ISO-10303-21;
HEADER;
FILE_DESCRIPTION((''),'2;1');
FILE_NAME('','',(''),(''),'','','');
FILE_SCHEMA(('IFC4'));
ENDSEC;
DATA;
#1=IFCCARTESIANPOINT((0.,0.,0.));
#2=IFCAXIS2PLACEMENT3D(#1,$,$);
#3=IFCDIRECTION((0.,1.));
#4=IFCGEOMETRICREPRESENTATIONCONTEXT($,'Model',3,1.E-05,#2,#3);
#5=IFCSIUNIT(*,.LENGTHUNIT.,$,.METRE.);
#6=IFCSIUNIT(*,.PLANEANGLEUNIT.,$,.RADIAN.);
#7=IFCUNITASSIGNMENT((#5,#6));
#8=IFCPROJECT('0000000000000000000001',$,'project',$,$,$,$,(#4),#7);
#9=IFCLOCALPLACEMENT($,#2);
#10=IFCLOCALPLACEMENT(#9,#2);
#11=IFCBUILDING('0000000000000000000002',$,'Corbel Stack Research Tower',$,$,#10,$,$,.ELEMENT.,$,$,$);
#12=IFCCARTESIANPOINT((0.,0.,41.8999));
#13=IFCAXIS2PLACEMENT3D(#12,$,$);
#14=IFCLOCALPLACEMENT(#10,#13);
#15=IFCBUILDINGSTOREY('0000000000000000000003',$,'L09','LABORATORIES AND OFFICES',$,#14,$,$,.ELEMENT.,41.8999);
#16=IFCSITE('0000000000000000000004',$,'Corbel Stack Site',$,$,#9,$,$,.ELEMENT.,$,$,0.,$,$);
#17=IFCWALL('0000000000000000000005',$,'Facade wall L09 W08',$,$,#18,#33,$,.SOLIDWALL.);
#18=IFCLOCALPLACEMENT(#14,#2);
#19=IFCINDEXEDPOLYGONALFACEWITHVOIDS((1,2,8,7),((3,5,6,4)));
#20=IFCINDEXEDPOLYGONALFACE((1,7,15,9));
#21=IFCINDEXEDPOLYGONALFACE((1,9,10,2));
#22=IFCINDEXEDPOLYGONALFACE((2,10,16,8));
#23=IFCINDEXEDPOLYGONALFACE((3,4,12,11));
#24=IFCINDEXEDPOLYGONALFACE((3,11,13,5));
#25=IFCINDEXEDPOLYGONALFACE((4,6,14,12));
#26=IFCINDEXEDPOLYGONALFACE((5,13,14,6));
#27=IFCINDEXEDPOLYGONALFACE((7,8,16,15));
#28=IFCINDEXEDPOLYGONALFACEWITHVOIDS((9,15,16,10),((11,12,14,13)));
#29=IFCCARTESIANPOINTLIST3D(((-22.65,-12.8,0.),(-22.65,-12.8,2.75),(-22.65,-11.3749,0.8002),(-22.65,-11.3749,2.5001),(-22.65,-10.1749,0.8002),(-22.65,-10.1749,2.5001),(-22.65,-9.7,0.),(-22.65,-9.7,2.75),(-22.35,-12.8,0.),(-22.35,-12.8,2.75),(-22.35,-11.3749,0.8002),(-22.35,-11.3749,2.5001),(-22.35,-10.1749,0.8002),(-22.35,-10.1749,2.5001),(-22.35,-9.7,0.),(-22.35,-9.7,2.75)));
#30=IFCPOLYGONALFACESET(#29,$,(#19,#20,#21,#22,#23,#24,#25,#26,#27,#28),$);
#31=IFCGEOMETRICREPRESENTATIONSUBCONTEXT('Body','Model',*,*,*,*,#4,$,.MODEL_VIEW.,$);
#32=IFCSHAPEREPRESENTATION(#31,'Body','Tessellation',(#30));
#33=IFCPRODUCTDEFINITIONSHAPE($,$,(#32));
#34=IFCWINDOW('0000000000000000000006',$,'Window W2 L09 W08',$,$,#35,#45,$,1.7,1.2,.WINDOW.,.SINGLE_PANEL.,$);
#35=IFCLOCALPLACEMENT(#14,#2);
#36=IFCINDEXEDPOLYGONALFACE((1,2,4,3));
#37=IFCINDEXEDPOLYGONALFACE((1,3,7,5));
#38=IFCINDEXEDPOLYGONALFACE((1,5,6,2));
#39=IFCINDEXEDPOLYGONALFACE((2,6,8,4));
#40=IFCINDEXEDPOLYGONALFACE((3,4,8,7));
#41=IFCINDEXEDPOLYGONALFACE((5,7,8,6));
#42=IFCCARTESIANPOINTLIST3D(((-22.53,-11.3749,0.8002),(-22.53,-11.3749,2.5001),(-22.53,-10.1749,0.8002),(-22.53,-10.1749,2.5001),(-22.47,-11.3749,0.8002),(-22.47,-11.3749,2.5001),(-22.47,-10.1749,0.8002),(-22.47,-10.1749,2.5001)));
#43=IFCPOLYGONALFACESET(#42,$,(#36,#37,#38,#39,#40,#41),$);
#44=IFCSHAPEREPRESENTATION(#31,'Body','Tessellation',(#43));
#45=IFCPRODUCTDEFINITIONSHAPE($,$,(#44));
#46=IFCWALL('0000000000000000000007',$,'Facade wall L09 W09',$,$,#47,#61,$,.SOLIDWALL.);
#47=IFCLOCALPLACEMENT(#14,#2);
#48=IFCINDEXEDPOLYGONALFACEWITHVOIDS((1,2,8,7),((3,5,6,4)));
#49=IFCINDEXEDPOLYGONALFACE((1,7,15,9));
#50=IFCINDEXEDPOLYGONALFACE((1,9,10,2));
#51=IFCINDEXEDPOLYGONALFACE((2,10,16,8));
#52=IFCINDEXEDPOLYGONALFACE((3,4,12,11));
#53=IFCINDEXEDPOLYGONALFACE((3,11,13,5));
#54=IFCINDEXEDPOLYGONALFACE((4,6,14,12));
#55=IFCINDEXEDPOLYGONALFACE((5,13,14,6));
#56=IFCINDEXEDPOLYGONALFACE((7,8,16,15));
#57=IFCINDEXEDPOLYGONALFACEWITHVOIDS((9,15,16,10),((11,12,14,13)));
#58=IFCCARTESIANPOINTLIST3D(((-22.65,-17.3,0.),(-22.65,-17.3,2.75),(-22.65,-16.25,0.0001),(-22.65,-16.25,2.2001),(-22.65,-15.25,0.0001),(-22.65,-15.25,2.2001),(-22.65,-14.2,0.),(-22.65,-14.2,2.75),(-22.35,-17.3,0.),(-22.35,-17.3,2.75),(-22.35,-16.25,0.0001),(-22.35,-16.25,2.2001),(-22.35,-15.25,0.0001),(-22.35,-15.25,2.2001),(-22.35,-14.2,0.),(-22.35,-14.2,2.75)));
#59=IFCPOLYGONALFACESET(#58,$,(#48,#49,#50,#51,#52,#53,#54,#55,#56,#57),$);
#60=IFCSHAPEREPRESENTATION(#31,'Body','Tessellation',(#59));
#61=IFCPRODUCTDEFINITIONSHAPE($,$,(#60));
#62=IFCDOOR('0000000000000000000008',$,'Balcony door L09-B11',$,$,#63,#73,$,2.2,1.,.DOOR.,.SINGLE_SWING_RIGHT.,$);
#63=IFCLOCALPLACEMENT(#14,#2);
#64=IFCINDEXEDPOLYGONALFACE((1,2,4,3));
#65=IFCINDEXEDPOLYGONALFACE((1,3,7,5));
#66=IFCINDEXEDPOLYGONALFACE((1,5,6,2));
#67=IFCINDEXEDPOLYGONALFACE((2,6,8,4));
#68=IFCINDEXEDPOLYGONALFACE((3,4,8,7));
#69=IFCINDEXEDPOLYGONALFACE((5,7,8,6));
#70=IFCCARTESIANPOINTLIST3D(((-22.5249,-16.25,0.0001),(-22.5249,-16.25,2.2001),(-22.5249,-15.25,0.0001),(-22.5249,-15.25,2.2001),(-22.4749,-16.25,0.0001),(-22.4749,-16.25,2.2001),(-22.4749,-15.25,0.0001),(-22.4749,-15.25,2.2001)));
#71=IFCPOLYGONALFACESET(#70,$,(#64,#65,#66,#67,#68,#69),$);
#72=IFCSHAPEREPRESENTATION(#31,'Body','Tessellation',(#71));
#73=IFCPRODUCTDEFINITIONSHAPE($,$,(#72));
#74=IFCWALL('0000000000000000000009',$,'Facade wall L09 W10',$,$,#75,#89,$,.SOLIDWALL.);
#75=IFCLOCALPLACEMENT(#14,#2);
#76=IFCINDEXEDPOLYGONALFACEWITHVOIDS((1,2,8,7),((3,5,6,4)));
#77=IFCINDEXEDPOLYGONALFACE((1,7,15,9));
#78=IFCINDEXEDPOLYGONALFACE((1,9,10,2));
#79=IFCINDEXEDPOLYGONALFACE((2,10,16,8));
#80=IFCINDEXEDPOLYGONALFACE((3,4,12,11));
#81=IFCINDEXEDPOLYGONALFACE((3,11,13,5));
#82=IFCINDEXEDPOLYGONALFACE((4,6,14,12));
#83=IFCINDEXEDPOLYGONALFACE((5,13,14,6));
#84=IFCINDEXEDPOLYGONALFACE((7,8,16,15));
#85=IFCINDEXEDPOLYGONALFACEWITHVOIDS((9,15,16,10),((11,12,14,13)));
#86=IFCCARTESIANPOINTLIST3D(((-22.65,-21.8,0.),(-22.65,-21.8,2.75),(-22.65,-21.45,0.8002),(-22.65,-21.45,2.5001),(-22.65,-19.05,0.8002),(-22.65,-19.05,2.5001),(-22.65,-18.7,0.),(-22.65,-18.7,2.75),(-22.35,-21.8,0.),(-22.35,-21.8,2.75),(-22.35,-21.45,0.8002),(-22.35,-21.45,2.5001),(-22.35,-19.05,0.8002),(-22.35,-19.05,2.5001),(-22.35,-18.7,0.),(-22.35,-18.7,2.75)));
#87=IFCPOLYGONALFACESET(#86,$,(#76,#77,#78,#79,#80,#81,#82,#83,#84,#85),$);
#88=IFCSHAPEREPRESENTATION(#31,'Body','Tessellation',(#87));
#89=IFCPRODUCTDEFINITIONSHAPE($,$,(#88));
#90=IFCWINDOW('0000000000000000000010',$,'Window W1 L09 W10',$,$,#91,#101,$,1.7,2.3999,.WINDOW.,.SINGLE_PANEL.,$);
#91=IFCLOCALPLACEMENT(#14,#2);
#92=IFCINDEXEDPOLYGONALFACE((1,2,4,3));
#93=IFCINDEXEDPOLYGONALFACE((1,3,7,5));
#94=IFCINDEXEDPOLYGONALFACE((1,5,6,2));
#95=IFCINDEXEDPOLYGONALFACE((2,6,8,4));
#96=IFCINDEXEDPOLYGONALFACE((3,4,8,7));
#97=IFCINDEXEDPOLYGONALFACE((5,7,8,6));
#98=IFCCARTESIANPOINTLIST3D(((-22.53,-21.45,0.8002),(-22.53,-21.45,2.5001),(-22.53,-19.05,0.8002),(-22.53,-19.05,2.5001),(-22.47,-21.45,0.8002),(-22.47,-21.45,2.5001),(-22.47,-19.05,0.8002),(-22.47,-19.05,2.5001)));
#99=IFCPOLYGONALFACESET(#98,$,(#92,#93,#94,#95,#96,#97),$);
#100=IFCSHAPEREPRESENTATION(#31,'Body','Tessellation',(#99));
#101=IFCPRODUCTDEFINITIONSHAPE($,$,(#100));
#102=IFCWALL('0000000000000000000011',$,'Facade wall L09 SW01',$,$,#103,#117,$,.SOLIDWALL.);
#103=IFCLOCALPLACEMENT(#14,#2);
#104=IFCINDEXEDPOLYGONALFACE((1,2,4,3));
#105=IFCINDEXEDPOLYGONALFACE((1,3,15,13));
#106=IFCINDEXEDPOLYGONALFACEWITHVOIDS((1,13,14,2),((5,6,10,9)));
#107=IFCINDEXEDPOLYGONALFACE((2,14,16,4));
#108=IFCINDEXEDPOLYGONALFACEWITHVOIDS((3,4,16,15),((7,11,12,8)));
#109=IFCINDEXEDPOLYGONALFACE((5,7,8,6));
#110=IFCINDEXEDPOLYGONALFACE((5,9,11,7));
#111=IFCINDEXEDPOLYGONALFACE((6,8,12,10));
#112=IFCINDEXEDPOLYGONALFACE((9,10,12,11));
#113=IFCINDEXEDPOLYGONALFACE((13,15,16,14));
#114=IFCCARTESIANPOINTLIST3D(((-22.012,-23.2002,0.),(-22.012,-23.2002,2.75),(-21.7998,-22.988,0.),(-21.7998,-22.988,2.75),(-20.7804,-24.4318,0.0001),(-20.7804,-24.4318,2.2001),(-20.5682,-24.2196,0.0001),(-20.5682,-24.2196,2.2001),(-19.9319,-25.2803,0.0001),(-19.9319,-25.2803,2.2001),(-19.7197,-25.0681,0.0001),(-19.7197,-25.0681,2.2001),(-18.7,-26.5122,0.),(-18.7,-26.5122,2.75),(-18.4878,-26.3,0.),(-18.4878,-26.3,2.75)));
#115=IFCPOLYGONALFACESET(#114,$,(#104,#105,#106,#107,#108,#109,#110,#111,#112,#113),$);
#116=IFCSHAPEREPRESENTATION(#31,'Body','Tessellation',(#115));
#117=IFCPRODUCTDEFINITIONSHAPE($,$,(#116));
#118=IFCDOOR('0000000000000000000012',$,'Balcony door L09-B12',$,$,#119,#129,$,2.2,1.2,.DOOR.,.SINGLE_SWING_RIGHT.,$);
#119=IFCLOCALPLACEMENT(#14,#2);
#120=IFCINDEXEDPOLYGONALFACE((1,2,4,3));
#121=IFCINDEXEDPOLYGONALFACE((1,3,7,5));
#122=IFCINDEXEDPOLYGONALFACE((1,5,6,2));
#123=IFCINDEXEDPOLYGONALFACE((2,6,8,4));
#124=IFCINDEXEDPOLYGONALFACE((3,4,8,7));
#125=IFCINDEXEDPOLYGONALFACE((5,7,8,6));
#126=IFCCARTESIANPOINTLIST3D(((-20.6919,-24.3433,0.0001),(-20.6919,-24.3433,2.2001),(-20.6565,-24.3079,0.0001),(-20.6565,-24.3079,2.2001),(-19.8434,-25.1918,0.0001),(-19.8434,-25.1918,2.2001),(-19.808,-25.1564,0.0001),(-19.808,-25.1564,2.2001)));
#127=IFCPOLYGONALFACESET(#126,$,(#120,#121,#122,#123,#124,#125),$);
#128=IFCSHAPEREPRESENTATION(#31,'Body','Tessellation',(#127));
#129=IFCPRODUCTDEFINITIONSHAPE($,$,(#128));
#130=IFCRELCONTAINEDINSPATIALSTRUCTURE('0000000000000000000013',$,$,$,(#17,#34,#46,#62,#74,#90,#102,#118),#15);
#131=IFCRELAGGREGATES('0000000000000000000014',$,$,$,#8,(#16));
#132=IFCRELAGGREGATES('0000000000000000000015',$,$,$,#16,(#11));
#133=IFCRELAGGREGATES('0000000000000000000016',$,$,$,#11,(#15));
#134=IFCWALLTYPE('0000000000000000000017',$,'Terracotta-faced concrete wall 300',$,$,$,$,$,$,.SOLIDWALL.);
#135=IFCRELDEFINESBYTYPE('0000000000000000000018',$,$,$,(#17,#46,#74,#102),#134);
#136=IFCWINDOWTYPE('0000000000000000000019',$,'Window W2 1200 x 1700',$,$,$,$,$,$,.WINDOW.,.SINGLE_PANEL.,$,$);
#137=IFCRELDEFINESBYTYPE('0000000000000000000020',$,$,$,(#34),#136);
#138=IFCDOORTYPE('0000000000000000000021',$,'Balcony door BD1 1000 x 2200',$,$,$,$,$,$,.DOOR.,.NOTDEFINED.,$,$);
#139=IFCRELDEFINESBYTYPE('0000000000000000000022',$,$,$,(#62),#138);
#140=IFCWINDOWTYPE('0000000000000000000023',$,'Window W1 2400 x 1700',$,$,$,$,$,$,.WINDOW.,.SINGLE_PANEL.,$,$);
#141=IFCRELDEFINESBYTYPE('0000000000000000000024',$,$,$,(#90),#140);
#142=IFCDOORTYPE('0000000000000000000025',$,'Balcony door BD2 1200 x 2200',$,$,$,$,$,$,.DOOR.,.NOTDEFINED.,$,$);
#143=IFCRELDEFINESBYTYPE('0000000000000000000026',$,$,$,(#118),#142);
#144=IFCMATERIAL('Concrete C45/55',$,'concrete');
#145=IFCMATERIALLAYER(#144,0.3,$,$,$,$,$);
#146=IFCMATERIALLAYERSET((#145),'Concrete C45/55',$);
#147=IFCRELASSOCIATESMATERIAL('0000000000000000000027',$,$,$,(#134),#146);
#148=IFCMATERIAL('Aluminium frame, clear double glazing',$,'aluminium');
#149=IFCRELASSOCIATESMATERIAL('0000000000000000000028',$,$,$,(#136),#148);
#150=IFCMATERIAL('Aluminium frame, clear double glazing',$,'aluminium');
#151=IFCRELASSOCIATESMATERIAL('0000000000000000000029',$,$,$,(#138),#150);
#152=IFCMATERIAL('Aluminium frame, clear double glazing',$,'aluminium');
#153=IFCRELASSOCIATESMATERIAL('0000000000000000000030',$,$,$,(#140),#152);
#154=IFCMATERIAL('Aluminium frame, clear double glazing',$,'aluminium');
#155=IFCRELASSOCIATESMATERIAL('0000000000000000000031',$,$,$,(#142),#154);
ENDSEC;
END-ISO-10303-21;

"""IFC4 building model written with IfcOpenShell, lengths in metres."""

from ifc_helpers import new_model, si_unit, direction, frame, frame_2d, origin, place, context, subcontext, project, spatial, rectangle, extrude, material, layer, layer_set, type_object, element, fill, save


model = new_model("IFC4")

# Units and contexts
model_context = context("Model", 3, precision=1e-05, world=origin(), true_north=direction((0.0, 1.0)))
body_context = subcontext(model_context, "Body", "Model", "MODEL_VIEW")
ifc_project = project(units=[si_unit("LENGTHUNIT", "METRE"), si_unit("PLANEANGLEUNIT", "RADIAN")], contexts=[model_context])

# Site, building, storey
site_placement = place(None, origin())
site = spatial("IfcSite", under=ifc_project, at=site_placement, Name="Corbel Stack Site", CompositionType="ELEMENT", RefElevation=0.0)
building_placement = place(site_placement, origin())
building = spatial("IfcBuilding", under=site, at=building_placement, Name="Corbel Stack Research Tower", CompositionType="ELEMENT")
storey_placement = place(building_placement, frame((0.0, 0.0, 41.8999)))
storey = spatial("IfcBuildingStorey", under=building, at=storey_placement, Name="L09", Description="LABORATORIES AND OFFICES", CompositionType="ELEMENT", Elevation=41.8999)

# Wall, opening, window
ifc_material_1 = material(Name="Concrete C45/55", Category="concrete")
ifc_layer_1 = layer(ifc_material_1, 0.3)
ifc_layer_set_1 = layer_set([ifc_layer_1], Name="Concrete C45/55")
wall_type_1 = type_object("IfcWallType", Name="Terracotta-faced concrete wall 300", PredefinedType="SOLIDWALL", material=ifc_layer_set_1)
wall_1_placement = place(storey_placement, frame((-22.5, -12.8, 0.0), z_axis=(0.0, 0.0, 1.0), x_axis=(0.0, 1.0, 0.0)))
wall_1 = element("IfcWall", 1, at=wall_1_placement, inside=storey, type_object=wall_type_1, Name="Facade wall L09 W08", PredefinedType="SOLIDWALL", context=body_context, shape_type="SweptSolid", body=[
    extrude(rectangle(XDim=3.1001, YDim=0.3, at=frame_2d((1.55, 0.0))), origin(), (0.0, 0.0, 1.0), 2.75),
])
opening_1_placement = place(wall_1_placement, frame((1.425, 0.0, 0.8)))
opening_1 = element("IfcOpeningElement", 2, at=opening_1_placement, cuts=wall_1, PredefinedType="OPENING", context=body_context, shape_type="SweptSolid", body=[
    extrude(rectangle(XDim=1.2, YDim=1.7, at=frame_2d((0.6001, 0.8501))), frame((0.0, 0.1599, 0.0), z_axis=(0.0, -1.0, 0.0), x_axis=(1.0, 0.0, 0.0)), (0.0, 0.0, 1.0), 0.3201),
])
ifc_material_2 = material(Name="Aluminium frame, clear double glazing", Category="aluminium")
window_type_1 = type_object("IfcWindowType", Name="Window W2 1200 x 1700", PartitioningType="SINGLE_PANEL", PredefinedType="WINDOW", material=ifc_material_2)
window_1_placement = place(opening_1_placement, origin())
window_1 = element("IfcWindow", 3, at=window_1_placement, inside=storey, type_object=window_type_1, Name="Window W2 L09 W08", OverallHeight=1.7, OverallWidth=1.2, PartitioningType="SINGLE_PANEL", PredefinedType="WINDOW", context=body_context, shape_type="SweptSolid", body=[
    extrude(rectangle(XDim=1.2, YDim=1.7, at=frame_2d((0.6001, 0.8501))), frame((0.0, 0.03, 0.0), z_axis=(0.0, -1.0, 0.0), x_axis=(1.0, 0.0, 0.0)), (0.0, 0.0, 1.0), 0.0601),
])
fill(opening_1, window_1)

# Wall, opening, door
wall_2_placement = place(storey_placement, frame((-22.5, -17.3, 0.0), z_axis=(0.0, 0.0, 1.0), x_axis=(0.0, 1.0, 0.0)))
wall_2 = element("IfcWall", 4, at=wall_2_placement, inside=storey, type_object=wall_type_1, Name="Facade wall L09 W09", PredefinedType="SOLIDWALL", context=body_context, shape_type="SweptSolid", body=[
    extrude(rectangle(XDim=3.1001, YDim=0.3, at=frame_2d((1.55, 0.0))), origin(), (0.0, 0.0, 1.0), 2.75),
])
opening_2_placement = place(wall_2_placement, frame((1.05, 0.0, 0.0)))
opening_2 = element("IfcOpeningElement", 5, at=opening_2_placement, cuts=wall_2, PredefinedType="OPENING", context=body_context, shape_type="SweptSolid", body=[
    extrude(rectangle(XDim=1.0, YDim=2.2, at=frame_2d((0.5, 1.1001))), frame((0.0, 0.1599, 0.0), z_axis=(0.0, -1.0, 0.0), x_axis=(1.0, 0.0, 0.0)), (0.0, 0.0, 1.0), 0.3201),
])
ifc_material_3 = material(Name="Aluminium frame, clear double glazing", Category="aluminium")
door_type_1 = type_object("IfcDoorType", Name="Balcony door BD1 1000 x 2200", OperationType="NOTDEFINED", PredefinedType="DOOR", material=ifc_material_3)
door_1_placement = place(opening_2_placement, origin())
door_1 = element("IfcDoor", 6, at=door_1_placement, inside=storey, type_object=door_type_1, Name="Balcony door L09-B11", OperationType="SINGLE_SWING_RIGHT", OverallHeight=2.2, OverallWidth=1.0, PredefinedType="DOOR", context=body_context, shape_type="SweptSolid", body=[
    extrude(rectangle(XDim=1.0, YDim=2.2, at=frame_2d((0.5, 1.1001))), frame((0.0, 0.0249, 0.0), z_axis=(0.0, -1.0, 0.0), x_axis=(1.0, 0.0, 0.0)), (0.0, 0.0, 1.0), 0.05),
])
fill(opening_2, door_1)

# Wall, opening, window
wall_3_placement = place(storey_placement, frame((-22.5, -21.8, 0.0), z_axis=(0.0, 0.0, 1.0), x_axis=(0.0, 1.0, 0.0)))
wall_3 = element("IfcWall", 7, at=wall_3_placement, inside=storey, type_object=wall_type_1, Name="Facade wall L09 W10", PredefinedType="SOLIDWALL", context=body_context, shape_type="SweptSolid", body=[
    extrude(rectangle(XDim=3.1001, YDim=0.3, at=frame_2d((1.55, 0.0))), origin(), (0.0, 0.0, 1.0), 2.75),
])
opening_3_placement = place(wall_3_placement, frame((0.3501, 0.0, 0.8)))
opening_3 = element("IfcOpeningElement", 8, at=opening_3_placement, cuts=wall_3, PredefinedType="OPENING", context=body_context, shape_type="SweptSolid", body=[
    extrude(rectangle(XDim=2.3999, YDim=1.7, at=frame_2d((1.2, 0.8501))), frame((0.0, 0.1599, 0.0), z_axis=(0.0, -1.0, 0.0), x_axis=(1.0, 0.0, 0.0)), (0.0, 0.0, 1.0), 0.3201),
])
ifc_material_4 = material(Name="Aluminium frame, clear double glazing", Category="aluminium")
window_type_2 = type_object("IfcWindowType", Name="Window W1 2400 x 1700", PartitioningType="SINGLE_PANEL", PredefinedType="WINDOW", material=ifc_material_4)
window_2_placement = place(opening_3_placement, origin())
window_2 = element("IfcWindow", 9, at=window_2_placement, inside=storey, type_object=window_type_2, Name="Window W1 L09 W10", OverallHeight=1.7, OverallWidth=2.3999, PartitioningType="SINGLE_PANEL", PredefinedType="WINDOW", context=body_context, shape_type="SweptSolid", body=[
    extrude(rectangle(XDim=2.3999, YDim=1.7, at=frame_2d((1.2, 0.8501))), frame((0.0, 0.03, 0.0), z_axis=(0.0, -1.0, 0.0), x_axis=(1.0, 0.0, 0.0)), (0.0, 0.0, 1.0), 0.0601),
])
fill(opening_3, window_2)

# Wall, opening, door
wall_4_placement = place(storey_placement, frame((-18.594, -26.406, 0.0), z_axis=(0.0, 0.0, 1.0), x_axis=(-0.707107, 0.707107, 0.0)))
wall_4 = element("IfcWall", 10, at=wall_4_placement, inside=storey, type_object=wall_type_1, Name="Facade wall L09 SW01", PredefinedType="SOLIDWALL", context=body_context, shape_type="SweptSolid", body=[
    extrude(rectangle(XDim=4.6838, YDim=0.3, at=frame_2d((2.3418, 0.0))), origin(), (0.0, 0.0, 1.0), 2.75),
])
opening_4_placement = place(wall_4_placement, frame((1.7419, 0.0, 0.0)))
opening_4 = element("IfcOpeningElement", 11, at=opening_4_placement, cuts=wall_4, PredefinedType="OPENING", context=body_context, shape_type="SweptSolid", body=[
    extrude(rectangle(XDim=1.2, YDim=2.2, at=frame_2d((0.6001, 1.1001))), frame((0.0, 0.1599, 0.0), z_axis=(0.0, -1.0, 0.0), x_axis=(1.0, 0.0, 0.0)), (0.0, 0.0, 1.0), 0.3201),
])
ifc_material_5 = material(Name="Aluminium frame, clear double glazing", Category="aluminium")
door_type_2 = type_object("IfcDoorType", Name="Balcony door BD2 1200 x 2200", OperationType="NOTDEFINED", PredefinedType="DOOR", material=ifc_material_5)
door_2_placement = place(opening_4_placement, origin())
door_2 = element("IfcDoor", 12, at=door_2_placement, inside=storey, type_object=door_type_2, Name="Balcony door L09-B12", OperationType="SINGLE_SWING_RIGHT", OverallHeight=2.2, OverallWidth=1.2, PredefinedType="DOOR", context=body_context, shape_type="SweptSolid", body=[
    extrude(rectangle(XDim=1.2, YDim=2.2, at=frame_2d((0.6001, 1.1001))), frame((0.0, 0.0249, 0.0), z_axis=(0.0, -1.0, 0.0), x_axis=(1.0, 0.0, 0.0)), (0.0, 0.0, 1.0), 0.05),
])
fill(opening_4, door_2)

save(model, "model.ifc")
